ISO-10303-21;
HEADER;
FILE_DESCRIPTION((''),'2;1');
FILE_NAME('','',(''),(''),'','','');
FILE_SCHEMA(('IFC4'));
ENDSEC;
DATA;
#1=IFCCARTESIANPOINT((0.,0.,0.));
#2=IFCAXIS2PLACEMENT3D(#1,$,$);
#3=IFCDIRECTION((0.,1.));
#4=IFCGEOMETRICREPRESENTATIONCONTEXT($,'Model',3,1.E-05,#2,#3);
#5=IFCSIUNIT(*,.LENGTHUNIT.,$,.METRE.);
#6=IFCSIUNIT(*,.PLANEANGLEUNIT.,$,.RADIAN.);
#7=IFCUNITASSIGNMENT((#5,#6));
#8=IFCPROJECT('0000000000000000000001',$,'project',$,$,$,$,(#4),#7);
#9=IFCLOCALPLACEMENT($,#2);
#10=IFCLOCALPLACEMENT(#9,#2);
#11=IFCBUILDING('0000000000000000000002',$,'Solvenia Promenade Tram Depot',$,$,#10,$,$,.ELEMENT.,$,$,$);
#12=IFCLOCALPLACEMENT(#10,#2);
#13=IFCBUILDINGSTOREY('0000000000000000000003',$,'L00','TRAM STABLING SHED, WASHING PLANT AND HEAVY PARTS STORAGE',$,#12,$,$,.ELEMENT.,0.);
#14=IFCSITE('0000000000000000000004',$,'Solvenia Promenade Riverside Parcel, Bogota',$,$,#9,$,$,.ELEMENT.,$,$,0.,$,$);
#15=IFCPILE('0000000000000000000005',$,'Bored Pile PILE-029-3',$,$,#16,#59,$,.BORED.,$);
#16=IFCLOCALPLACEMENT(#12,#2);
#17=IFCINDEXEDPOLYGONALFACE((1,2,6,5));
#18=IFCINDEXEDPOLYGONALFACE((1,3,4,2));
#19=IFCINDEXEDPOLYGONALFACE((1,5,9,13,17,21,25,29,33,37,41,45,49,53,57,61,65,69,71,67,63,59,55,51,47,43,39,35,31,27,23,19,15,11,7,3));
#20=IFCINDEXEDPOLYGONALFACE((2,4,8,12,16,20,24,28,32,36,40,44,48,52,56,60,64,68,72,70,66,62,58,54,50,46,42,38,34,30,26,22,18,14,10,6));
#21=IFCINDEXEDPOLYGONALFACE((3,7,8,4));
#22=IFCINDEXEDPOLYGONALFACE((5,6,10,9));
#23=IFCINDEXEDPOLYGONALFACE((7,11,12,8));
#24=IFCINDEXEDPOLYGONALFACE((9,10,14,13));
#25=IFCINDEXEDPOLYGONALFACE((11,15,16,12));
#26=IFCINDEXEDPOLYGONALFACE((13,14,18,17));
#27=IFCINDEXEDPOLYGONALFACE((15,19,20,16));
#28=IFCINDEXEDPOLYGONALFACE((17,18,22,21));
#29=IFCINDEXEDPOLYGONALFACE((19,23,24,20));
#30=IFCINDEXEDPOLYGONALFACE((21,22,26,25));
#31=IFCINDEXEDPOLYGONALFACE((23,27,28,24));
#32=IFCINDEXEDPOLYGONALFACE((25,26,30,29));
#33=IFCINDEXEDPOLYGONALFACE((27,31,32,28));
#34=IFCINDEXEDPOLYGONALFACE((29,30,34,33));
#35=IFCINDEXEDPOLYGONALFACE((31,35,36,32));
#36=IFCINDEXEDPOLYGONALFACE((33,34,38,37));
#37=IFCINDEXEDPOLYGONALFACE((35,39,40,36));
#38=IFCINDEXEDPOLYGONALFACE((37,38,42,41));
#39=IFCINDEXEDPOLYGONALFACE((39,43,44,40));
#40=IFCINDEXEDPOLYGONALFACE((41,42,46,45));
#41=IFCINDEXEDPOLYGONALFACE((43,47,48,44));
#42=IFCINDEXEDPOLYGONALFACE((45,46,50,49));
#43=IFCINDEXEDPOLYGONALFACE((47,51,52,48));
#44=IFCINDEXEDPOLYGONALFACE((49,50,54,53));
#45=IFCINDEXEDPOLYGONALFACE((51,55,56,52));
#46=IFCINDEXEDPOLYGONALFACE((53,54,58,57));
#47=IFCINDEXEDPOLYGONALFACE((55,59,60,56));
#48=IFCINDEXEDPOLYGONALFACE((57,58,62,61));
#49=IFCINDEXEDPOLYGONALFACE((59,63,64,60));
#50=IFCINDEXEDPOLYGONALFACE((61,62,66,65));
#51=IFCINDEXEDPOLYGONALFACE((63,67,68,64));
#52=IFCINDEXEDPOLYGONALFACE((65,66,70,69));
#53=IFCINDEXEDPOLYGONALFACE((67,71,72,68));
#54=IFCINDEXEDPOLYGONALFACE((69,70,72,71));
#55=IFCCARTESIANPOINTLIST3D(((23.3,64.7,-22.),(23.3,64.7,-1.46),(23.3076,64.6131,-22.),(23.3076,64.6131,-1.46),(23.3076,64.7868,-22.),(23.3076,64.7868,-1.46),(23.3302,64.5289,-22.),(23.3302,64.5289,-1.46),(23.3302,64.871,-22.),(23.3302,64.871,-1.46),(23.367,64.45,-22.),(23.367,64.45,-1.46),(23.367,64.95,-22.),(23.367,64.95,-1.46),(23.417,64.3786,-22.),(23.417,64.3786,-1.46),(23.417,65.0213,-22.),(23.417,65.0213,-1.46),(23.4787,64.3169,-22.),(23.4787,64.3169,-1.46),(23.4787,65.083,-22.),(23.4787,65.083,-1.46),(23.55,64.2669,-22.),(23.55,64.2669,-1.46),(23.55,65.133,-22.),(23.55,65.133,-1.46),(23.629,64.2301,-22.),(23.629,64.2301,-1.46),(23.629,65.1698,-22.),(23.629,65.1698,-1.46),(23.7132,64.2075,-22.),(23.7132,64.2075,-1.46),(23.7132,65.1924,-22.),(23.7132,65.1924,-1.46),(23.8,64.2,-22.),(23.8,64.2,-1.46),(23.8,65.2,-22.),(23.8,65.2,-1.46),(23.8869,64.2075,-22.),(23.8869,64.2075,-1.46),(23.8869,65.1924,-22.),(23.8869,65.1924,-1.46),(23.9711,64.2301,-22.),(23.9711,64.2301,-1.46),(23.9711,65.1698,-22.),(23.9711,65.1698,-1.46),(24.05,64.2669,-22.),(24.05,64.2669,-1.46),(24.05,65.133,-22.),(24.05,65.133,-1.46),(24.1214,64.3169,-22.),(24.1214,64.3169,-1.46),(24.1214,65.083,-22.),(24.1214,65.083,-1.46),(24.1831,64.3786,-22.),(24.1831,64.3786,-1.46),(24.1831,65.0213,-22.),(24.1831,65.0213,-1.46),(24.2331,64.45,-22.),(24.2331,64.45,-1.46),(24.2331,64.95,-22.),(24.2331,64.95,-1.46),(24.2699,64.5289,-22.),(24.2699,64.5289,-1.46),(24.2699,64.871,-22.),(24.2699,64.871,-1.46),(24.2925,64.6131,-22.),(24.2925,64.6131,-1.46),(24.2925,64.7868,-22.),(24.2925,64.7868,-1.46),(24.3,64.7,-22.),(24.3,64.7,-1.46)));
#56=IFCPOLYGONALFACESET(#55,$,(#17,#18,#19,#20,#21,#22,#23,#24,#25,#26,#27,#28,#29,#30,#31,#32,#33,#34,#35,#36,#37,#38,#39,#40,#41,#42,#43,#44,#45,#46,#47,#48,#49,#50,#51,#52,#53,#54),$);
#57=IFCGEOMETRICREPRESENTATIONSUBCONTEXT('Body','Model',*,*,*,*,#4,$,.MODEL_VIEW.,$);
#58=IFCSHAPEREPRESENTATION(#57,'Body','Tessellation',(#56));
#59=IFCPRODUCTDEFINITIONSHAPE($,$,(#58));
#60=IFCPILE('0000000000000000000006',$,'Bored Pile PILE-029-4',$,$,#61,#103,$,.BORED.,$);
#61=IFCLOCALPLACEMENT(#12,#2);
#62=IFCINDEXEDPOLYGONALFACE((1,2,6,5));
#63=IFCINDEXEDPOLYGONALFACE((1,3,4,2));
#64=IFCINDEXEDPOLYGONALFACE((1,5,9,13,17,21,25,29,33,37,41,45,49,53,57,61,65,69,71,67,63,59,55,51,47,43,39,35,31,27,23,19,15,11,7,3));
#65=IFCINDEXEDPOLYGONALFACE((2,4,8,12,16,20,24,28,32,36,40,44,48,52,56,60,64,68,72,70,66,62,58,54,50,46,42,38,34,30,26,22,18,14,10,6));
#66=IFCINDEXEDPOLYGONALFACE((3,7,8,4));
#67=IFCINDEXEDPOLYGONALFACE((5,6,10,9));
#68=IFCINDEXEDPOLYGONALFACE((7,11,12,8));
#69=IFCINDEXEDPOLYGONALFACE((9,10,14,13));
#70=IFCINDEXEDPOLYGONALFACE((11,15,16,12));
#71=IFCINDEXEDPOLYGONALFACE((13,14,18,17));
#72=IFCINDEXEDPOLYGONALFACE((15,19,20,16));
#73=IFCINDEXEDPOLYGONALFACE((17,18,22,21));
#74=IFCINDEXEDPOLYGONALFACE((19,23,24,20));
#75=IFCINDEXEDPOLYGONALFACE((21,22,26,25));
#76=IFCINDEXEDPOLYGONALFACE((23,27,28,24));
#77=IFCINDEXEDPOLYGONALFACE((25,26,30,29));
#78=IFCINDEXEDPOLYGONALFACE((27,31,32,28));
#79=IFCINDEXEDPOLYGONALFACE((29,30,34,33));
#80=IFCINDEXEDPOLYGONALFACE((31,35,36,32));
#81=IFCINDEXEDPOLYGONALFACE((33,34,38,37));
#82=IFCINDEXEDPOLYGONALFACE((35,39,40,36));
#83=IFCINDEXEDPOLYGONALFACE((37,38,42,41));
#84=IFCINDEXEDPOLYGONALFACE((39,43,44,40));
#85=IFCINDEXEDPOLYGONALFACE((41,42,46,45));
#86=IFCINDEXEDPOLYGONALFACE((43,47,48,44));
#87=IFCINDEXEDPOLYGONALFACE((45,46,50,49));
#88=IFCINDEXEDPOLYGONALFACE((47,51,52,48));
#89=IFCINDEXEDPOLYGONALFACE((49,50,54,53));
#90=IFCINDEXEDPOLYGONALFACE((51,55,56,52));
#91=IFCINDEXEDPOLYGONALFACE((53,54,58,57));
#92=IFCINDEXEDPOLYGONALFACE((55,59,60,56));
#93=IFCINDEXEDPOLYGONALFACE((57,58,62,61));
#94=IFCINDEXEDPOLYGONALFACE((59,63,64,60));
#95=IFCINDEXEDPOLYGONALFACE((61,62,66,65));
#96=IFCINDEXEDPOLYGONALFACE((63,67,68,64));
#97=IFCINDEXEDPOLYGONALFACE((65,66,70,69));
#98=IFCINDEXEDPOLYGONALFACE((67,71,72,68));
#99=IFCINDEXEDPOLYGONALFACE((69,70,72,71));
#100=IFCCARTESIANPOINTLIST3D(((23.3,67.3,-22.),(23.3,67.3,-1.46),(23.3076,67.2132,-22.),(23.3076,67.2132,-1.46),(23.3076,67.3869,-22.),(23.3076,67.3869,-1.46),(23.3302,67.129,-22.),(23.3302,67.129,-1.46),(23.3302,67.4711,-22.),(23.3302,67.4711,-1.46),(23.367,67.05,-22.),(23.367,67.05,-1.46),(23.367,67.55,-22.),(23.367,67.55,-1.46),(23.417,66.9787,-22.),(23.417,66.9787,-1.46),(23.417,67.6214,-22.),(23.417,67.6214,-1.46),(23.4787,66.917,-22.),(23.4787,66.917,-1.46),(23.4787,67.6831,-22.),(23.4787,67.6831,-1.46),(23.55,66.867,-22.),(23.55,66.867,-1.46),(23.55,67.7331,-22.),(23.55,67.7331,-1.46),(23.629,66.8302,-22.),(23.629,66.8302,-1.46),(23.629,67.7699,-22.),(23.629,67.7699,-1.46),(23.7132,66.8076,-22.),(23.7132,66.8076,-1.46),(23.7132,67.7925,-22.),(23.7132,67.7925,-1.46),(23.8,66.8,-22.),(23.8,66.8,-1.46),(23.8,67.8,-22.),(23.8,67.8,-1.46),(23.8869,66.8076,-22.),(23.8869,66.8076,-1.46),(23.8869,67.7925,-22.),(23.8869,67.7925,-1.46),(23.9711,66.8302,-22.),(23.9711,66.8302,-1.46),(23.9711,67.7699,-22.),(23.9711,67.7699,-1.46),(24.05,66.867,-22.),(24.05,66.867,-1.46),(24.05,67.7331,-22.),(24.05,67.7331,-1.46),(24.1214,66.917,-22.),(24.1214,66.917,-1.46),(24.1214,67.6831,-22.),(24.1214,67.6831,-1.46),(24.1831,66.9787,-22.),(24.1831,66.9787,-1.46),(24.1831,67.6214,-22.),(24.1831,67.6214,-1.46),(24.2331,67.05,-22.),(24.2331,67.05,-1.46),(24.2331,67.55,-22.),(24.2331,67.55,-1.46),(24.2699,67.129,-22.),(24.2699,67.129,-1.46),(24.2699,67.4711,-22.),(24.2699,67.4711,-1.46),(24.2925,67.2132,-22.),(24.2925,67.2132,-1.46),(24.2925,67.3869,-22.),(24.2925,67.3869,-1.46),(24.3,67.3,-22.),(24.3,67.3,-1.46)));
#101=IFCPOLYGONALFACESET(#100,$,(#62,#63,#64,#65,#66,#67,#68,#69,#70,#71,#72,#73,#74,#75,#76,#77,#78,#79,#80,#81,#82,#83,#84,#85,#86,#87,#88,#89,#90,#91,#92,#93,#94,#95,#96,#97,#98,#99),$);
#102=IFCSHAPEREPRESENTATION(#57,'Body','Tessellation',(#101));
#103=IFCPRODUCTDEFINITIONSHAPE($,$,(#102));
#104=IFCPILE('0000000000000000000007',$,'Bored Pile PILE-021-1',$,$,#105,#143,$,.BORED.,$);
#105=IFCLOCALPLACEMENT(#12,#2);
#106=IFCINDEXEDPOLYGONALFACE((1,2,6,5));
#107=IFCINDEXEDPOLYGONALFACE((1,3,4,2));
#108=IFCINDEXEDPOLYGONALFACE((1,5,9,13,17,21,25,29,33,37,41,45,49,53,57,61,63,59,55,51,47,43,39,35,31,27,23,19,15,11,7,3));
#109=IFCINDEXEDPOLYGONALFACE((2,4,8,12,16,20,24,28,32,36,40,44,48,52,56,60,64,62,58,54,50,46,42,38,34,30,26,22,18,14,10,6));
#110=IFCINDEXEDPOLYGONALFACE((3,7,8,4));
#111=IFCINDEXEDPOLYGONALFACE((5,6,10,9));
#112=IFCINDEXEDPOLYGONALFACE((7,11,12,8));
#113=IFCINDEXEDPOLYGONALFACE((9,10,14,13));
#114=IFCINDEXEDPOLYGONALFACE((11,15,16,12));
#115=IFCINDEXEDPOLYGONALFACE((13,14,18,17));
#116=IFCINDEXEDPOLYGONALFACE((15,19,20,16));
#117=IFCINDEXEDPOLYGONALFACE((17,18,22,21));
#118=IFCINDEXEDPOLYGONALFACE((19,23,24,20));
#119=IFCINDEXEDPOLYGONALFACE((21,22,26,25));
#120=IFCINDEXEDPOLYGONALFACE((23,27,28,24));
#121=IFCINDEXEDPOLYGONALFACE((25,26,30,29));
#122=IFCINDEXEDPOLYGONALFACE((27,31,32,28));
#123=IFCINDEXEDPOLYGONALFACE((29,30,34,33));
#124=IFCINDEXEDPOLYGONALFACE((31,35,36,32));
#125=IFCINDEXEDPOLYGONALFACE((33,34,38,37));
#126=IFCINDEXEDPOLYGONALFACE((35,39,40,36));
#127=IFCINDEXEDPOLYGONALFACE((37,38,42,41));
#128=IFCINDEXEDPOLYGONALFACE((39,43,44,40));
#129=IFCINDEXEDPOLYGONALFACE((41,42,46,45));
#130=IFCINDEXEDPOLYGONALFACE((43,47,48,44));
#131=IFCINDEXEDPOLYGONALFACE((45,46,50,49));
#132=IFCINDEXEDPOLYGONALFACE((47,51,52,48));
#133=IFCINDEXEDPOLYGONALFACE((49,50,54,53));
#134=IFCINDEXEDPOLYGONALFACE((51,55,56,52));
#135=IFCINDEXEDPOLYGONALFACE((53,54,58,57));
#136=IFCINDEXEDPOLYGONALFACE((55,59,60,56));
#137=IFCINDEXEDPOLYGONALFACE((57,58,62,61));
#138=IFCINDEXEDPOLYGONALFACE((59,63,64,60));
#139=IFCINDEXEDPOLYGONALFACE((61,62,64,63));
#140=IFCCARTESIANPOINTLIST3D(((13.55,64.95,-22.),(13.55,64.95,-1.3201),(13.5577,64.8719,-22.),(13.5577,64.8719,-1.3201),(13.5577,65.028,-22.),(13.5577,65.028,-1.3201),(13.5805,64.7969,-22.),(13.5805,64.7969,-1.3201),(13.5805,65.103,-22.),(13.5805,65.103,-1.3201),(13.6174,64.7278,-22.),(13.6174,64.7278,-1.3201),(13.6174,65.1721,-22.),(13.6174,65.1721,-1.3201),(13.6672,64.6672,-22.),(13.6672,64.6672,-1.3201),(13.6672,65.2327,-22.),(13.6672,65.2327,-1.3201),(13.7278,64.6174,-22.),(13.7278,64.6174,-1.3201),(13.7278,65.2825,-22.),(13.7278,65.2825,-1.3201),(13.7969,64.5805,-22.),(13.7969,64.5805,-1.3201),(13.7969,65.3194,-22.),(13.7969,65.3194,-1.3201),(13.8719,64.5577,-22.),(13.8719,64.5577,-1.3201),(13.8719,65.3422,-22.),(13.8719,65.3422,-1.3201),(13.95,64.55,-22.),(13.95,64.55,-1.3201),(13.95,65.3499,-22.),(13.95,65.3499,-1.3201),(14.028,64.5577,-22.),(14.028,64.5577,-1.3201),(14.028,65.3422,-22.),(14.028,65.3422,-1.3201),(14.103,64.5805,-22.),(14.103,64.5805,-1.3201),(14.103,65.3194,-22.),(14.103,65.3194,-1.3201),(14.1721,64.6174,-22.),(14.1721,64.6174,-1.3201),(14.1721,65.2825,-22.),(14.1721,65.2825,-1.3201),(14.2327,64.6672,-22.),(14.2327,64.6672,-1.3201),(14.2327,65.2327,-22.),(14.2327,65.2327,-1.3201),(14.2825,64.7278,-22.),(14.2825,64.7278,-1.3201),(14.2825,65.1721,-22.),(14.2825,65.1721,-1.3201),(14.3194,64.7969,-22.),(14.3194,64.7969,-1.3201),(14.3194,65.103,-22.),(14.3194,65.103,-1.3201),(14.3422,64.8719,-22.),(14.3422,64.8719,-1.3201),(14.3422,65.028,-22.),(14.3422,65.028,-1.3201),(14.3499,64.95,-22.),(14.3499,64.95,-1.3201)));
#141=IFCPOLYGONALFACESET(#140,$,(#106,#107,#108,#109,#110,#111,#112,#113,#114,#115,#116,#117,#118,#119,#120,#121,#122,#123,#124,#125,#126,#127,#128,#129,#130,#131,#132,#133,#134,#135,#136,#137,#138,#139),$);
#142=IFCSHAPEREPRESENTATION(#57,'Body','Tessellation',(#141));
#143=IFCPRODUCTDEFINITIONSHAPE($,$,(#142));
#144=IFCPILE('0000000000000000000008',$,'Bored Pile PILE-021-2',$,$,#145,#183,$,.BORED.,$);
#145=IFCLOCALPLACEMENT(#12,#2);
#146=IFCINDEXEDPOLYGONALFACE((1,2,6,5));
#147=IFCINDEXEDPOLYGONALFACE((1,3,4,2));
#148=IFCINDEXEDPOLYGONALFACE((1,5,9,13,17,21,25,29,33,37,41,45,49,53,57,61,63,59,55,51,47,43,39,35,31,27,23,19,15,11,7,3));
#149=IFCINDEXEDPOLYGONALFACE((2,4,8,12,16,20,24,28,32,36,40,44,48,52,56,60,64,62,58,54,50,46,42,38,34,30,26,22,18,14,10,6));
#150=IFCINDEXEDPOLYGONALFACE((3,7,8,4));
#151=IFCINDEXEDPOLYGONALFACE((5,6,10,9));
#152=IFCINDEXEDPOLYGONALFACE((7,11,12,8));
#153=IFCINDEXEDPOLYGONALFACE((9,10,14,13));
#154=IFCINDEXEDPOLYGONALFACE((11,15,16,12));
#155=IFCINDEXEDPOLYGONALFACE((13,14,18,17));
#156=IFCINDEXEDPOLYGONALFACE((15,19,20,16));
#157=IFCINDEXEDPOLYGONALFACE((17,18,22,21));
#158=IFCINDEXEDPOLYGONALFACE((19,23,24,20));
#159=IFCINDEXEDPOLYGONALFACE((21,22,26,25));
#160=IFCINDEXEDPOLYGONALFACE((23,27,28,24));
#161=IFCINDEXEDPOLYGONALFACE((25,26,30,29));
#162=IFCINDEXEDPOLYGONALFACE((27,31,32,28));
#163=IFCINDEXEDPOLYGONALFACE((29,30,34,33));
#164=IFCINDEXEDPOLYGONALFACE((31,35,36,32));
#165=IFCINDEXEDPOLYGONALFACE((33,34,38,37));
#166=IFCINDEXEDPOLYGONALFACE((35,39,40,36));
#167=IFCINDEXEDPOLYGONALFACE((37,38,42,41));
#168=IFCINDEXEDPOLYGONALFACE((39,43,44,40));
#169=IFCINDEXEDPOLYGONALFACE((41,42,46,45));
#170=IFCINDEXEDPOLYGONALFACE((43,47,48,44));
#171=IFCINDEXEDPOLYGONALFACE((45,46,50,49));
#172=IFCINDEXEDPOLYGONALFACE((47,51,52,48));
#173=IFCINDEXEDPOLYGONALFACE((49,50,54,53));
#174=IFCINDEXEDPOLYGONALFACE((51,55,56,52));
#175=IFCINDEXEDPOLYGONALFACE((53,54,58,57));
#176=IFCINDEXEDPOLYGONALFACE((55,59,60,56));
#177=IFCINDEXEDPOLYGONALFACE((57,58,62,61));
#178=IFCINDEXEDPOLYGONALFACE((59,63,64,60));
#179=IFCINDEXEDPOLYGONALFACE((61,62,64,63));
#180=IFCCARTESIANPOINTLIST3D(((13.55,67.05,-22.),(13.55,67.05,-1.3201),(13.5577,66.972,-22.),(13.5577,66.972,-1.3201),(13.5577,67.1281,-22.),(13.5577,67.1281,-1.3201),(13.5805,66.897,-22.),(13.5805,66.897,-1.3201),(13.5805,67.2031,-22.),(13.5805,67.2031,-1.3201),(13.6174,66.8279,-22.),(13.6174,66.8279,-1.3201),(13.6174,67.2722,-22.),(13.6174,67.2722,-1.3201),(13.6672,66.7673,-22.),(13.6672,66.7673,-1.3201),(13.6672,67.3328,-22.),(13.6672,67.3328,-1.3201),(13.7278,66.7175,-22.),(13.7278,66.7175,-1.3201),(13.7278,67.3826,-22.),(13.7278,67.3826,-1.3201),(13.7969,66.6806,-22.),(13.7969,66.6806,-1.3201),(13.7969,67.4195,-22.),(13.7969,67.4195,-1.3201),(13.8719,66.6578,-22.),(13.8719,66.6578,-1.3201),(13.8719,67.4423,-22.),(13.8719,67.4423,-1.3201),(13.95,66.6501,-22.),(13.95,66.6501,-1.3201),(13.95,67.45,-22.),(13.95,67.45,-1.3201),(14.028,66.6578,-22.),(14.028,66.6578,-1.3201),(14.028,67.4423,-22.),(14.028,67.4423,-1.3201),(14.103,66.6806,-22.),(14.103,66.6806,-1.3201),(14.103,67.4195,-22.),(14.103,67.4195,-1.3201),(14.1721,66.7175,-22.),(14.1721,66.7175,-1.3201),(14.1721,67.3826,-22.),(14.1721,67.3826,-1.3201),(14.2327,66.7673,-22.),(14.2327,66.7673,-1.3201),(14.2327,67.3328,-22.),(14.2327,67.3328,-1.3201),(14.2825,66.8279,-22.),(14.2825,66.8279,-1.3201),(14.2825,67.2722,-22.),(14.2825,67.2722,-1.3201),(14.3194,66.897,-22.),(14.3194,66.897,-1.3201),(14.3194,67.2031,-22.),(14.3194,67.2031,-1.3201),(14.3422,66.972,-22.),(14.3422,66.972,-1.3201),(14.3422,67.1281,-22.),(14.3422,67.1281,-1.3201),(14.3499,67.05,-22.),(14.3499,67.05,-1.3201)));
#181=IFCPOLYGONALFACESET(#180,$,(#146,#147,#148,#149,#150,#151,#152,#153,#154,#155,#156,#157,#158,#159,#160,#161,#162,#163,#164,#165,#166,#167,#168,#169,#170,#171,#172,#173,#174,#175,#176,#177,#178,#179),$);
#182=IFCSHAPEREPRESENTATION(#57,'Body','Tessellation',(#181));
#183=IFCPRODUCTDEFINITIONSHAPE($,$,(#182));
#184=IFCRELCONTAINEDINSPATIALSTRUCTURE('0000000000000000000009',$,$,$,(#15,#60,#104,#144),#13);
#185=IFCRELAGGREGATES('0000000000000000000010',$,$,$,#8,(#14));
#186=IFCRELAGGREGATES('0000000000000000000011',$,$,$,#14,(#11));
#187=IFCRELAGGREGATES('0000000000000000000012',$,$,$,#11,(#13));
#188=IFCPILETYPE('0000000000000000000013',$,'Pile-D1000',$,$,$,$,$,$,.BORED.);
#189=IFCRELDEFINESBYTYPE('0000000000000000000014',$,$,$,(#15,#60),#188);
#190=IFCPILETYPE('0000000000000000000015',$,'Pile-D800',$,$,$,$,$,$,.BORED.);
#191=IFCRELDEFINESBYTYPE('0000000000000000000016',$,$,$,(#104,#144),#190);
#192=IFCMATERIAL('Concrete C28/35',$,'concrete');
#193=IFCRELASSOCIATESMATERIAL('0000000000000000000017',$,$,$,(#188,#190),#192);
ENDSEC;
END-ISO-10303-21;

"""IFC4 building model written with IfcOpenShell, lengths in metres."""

from ifc_helpers import new_model, si_unit, direction, frame, origin, origin_2d, place, context, subcontext, project, spatial, circle, extrude, material, material_profile, profile_set, type_object, element, save


model = new_model("IFC4")

# Units and contexts
model_context = context("Model", 3, precision=1e-05, world=origin(), true_north=direction((0.0, 1.0)))
body_context = subcontext(model_context, "Body", "Model", "MODEL_VIEW")
ifc_project = project(units=[si_unit("LENGTHUNIT", "METRE"), si_unit("PLANEANGLEUNIT", "RADIAN")], contexts=[model_context])

# Site, building, storey
site_placement = place(None, origin())
site = spatial("IfcSite", under=ifc_project, at=site_placement, Name="Solvenia Promenade Riverside Parcel, Bogota", CompositionType="ELEMENT", RefElevation=0.0)
building_placement = place(site_placement, origin())
building = spatial("IfcBuilding", under=site, at=building_placement, Name="Solvenia Promenade Tram Depot", CompositionType="ELEMENT")
storey_placement = place(building_placement, origin())
storey = spatial("IfcBuildingStorey", under=building, at=storey_placement, Name="L00", Description="TRAM STABLING SHED, WASHING PLANT AND HEAVY PARTS STORAGE", CompositionType="ELEMENT", Elevation=0.0)

# Shared definitions
ifc_material_1 = material(Name="Concrete C28/35", Category="concrete")

# Piles
ifc_material_profile_1 = material_profile(ifc_material_1, circle(Radius=0.5, at=origin_2d()), Name="D1000", Category="concrete")
ifc_profile_set_1 = profile_set([ifc_material_profile_1], Name="Concrete C28/35")
pile_type_1 = type_object("IfcPileType", Name="Pile-D1000", PredefinedType="BORED", material=ifc_profile_set_1)
for number, where, z_axis, x_axis, name in (
    (1, (23.8, 64.7, -1.46), (0.0, 0.0, -1.0), (1.0, 0.0, 0.0), "Bored Pile PILE-029-3"),
    (2, (23.8, 67.3, -1.46), (0.0, 0.0, -1.0), (1.0, 0.0, 0.0), "Bored Pile PILE-029-4"),
):
    element("IfcPile", number, at=place(storey_placement, frame(where, z_axis=z_axis, x_axis=x_axis)), inside=storey, type_object=pile_type_1, Name=name, PredefinedType="BORED", context=body_context, shape_type="SweptSolid", body=[
        extrude(circle(Radius=0.5, at=origin_2d()), origin(), (0.0, 0.0, 1.0), 20.54),
    ])
ifc_material_profile_2 = material_profile(ifc_material_1, circle(Radius=0.3999, at=origin_2d()), Name="D800", Category="concrete")
ifc_profile_set_2 = profile_set([ifc_material_profile_2], Name="Concrete C28/35")
pile_type_2 = type_object("IfcPileType", Name="Pile-D800", PredefinedType="BORED", material=ifc_profile_set_2)
for number, where, z_axis, x_axis, name in (
    (3, (13.95, 64.95, -1.3201), (0.0, 0.0, -1.0), (1.0, 0.0, 0.0), "Bored Pile PILE-021-1"),
    (4, (13.95, 67.05, -1.3201), (0.0, 0.0, -1.0), (1.0, 0.0, 0.0), "Bored Pile PILE-021-2"),
):
    element("IfcPile", number, at=place(storey_placement, frame(where, z_axis=z_axis, x_axis=x_axis)), inside=storey, type_object=pile_type_2, Name=name, PredefinedType="BORED", context=body_context, shape_type="SweptSolid", body=[
        extrude(circle(Radius=0.3999, at=origin_2d()), origin(), (0.0, 0.0, 1.0), 20.6799),
    ])

save(model, "model.ifc")
